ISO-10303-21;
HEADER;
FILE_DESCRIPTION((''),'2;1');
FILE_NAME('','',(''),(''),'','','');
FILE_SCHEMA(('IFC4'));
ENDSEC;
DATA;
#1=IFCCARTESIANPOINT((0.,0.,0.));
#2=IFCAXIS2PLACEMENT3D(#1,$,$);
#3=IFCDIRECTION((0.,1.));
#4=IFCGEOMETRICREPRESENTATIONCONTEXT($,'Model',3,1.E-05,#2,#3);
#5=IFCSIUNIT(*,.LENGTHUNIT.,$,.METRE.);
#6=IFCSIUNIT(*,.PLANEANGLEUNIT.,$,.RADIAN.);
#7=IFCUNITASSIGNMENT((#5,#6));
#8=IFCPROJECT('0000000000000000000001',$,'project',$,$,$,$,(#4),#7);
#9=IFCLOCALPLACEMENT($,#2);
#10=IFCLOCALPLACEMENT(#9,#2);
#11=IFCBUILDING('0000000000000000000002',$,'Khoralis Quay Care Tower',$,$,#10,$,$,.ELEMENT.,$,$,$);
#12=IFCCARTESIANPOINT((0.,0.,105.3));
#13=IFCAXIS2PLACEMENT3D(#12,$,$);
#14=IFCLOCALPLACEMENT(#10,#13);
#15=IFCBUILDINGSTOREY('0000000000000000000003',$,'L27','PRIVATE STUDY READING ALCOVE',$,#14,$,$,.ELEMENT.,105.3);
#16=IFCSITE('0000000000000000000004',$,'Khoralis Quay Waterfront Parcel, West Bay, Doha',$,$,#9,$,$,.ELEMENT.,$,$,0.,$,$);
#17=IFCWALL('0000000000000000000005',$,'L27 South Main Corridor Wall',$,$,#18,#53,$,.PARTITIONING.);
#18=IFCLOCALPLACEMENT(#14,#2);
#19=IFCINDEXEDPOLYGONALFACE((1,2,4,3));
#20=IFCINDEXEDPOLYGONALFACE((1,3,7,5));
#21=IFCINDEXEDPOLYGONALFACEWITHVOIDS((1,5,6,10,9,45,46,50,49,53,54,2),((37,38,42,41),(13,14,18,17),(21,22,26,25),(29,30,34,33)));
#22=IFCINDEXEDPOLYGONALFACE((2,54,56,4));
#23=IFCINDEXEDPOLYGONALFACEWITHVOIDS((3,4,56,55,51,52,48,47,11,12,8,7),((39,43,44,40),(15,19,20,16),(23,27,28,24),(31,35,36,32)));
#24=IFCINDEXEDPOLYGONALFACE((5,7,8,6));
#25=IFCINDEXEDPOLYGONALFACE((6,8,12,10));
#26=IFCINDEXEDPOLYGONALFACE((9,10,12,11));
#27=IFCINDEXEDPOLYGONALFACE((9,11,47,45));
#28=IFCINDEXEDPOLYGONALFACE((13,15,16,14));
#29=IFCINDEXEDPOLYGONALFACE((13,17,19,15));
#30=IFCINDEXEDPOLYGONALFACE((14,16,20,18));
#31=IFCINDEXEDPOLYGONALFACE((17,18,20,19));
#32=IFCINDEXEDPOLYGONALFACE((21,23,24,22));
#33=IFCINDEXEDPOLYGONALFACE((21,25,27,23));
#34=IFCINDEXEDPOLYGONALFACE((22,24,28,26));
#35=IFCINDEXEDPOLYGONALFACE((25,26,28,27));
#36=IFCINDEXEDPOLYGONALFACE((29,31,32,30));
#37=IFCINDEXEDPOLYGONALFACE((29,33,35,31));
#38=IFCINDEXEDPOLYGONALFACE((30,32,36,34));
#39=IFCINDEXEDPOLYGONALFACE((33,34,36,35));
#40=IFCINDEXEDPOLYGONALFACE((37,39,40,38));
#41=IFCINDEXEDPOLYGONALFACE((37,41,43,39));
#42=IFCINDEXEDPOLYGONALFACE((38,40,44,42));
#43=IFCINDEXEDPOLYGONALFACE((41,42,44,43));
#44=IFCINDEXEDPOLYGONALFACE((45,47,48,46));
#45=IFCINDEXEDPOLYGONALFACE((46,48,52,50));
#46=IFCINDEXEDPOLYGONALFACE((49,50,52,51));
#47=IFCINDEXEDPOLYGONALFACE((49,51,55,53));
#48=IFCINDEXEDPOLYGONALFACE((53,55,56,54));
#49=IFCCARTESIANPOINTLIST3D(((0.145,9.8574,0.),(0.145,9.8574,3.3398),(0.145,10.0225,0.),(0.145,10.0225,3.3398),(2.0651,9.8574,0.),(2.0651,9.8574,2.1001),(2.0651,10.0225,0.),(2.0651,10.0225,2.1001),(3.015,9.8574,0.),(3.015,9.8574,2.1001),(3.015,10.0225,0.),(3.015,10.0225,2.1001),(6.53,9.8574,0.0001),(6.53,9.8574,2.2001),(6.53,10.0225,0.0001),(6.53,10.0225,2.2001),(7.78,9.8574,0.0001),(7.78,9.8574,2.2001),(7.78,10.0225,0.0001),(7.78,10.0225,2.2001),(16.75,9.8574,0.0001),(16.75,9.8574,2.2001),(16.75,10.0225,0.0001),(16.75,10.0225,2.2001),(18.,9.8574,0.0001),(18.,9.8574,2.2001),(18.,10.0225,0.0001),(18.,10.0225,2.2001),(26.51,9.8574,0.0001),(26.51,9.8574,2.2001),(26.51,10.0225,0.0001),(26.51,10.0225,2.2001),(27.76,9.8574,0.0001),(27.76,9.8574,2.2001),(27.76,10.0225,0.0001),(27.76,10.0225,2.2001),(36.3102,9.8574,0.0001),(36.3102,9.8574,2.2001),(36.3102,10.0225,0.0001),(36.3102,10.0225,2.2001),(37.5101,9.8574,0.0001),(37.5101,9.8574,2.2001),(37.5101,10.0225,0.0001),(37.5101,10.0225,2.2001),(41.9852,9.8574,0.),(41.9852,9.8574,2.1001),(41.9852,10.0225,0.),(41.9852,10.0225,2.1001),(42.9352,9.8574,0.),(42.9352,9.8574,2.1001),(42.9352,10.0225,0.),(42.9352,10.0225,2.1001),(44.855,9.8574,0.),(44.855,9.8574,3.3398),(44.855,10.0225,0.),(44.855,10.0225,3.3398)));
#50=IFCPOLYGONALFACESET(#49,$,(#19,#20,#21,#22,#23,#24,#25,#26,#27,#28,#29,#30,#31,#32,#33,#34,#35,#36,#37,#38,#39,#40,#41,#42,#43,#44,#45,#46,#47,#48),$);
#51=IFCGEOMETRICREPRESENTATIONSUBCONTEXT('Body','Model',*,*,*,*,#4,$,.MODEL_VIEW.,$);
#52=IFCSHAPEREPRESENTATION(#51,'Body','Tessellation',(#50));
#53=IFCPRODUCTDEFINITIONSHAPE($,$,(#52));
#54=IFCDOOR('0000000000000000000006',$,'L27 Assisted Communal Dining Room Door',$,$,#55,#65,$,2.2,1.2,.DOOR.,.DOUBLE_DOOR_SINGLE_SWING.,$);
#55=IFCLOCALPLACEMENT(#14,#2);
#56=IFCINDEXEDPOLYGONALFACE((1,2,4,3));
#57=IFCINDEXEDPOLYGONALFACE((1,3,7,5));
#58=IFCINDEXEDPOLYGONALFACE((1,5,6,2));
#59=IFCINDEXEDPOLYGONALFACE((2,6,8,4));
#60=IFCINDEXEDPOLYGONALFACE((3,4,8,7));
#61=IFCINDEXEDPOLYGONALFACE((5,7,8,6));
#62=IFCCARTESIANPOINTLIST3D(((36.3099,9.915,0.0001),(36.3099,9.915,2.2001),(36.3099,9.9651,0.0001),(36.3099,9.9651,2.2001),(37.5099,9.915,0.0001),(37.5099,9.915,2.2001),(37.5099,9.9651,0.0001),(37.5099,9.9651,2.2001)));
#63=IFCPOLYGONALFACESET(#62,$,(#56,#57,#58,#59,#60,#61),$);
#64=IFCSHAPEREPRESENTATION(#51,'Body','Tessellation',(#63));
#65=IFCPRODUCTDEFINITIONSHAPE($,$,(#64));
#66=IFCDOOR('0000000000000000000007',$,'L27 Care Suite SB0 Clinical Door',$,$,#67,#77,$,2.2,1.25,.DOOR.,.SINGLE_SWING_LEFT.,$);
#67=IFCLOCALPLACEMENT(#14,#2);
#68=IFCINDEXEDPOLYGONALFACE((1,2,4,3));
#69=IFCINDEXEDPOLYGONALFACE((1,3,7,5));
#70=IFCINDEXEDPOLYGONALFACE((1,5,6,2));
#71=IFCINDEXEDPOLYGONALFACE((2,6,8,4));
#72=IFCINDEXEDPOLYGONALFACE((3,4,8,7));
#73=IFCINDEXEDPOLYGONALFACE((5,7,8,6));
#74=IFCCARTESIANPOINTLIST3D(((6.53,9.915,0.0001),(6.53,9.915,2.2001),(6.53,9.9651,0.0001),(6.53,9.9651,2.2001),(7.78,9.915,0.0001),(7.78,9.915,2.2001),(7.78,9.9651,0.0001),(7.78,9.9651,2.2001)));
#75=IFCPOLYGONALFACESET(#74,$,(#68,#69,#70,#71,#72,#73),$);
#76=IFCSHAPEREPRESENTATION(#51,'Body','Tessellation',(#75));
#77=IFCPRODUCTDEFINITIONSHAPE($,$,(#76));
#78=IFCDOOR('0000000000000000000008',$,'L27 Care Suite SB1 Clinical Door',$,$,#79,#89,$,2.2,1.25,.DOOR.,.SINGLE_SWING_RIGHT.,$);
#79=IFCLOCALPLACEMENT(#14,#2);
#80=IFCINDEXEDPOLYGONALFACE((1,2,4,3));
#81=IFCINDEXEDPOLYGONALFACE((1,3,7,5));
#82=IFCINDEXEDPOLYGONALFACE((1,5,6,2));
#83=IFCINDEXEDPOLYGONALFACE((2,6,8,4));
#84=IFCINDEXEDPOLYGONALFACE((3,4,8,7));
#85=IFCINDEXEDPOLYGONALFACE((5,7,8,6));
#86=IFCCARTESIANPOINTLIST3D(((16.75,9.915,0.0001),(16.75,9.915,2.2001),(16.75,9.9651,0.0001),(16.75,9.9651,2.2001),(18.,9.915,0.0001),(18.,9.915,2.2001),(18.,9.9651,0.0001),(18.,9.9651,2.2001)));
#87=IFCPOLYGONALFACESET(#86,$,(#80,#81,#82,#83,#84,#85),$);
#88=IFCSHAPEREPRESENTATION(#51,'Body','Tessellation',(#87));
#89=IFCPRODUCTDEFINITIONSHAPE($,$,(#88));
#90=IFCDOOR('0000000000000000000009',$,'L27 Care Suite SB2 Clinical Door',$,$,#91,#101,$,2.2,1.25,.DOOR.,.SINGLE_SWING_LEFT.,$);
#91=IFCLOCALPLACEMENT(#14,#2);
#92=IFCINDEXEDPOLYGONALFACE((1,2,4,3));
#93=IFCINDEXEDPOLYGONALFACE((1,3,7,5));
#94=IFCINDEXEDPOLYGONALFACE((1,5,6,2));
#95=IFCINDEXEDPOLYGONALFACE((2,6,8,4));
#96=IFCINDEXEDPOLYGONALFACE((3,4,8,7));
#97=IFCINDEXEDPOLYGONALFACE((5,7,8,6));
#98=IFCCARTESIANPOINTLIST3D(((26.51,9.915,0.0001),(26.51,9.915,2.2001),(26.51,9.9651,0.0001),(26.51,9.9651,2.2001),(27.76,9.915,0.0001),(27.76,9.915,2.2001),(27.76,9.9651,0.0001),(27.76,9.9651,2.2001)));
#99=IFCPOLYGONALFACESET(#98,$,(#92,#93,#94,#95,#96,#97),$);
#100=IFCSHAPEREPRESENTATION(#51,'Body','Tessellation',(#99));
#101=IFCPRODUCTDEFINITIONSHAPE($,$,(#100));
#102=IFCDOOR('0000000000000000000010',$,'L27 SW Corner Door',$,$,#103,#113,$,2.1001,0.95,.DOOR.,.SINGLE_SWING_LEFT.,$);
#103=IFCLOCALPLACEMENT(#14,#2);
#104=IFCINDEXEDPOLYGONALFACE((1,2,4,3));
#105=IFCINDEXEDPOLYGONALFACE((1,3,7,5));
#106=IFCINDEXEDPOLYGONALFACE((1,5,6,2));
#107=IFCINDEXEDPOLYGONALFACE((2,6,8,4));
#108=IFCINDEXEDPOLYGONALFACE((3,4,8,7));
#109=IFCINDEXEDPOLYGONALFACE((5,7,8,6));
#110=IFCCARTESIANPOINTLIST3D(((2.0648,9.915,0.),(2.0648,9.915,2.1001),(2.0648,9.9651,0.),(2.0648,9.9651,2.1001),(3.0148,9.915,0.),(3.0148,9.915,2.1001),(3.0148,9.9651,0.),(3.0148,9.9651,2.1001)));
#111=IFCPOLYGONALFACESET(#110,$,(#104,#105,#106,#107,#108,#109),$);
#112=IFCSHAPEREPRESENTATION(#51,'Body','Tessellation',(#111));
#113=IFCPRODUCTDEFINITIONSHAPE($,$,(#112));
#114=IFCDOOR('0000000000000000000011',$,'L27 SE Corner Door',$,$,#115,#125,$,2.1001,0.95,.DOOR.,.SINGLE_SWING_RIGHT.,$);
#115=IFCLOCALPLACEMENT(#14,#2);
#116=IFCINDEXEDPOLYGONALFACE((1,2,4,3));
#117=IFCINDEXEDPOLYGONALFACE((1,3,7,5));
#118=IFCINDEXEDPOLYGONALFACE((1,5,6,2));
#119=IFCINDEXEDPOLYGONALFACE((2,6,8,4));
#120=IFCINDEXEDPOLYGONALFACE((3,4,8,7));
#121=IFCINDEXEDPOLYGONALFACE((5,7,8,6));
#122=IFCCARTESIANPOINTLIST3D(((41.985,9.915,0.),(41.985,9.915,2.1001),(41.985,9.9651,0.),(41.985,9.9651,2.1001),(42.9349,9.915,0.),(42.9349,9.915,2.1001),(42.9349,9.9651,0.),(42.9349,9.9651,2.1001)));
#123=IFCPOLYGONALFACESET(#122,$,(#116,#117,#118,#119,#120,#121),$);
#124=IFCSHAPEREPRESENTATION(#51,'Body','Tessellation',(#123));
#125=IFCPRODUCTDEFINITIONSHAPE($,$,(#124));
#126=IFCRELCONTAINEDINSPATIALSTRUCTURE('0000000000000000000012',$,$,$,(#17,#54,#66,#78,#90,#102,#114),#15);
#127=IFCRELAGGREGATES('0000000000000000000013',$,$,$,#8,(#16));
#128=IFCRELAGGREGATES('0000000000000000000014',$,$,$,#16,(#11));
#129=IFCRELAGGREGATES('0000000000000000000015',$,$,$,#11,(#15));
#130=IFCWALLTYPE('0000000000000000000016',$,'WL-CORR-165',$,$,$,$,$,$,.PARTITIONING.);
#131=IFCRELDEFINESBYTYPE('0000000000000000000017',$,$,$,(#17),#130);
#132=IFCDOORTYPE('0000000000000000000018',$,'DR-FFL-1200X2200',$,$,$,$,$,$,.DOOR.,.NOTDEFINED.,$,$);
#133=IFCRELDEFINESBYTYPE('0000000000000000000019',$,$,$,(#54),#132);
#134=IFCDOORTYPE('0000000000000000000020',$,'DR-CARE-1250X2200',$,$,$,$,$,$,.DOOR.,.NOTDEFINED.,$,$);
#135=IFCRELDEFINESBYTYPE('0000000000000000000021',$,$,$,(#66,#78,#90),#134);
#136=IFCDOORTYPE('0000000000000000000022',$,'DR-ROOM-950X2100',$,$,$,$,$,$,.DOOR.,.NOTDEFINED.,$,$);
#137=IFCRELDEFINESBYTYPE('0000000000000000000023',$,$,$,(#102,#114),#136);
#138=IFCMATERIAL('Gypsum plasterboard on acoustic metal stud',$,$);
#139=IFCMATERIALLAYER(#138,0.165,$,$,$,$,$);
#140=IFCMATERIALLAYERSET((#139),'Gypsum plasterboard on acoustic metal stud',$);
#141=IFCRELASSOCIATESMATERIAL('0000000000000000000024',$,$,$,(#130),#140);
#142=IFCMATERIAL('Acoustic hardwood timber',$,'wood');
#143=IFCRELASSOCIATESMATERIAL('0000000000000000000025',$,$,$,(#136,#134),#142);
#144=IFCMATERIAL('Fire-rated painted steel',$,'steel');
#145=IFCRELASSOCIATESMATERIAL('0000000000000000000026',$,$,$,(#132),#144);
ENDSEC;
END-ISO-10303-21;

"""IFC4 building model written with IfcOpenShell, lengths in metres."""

from ifc_helpers import new_model, si_unit, direction, frame, frame_2d, origin, place, context, subcontext, project, spatial, rectangle, extrude, source, transform, mapped, material, layer, layer_set, type_object, element, fill, save


model = new_model("IFC4")

# Units and contexts
model_context = context("Model", 3, precision=1e-05, world=origin(), true_north=direction((0.0, 1.0)))
body_context = subcontext(model_context, "Body", "Model", "MODEL_VIEW")
ifc_project = project(units=[si_unit("LENGTHUNIT", "METRE"), si_unit("PLANEANGLEUNIT", "RADIAN")], contexts=[model_context])

# Site, building, storey
site_placement = place(None, origin())
site = spatial("IfcSite", under=ifc_project, at=site_placement, Name="Khoralis Quay Waterfront Parcel, West Bay, Doha", CompositionType="ELEMENT", RefElevation=0.0)
building_placement = place(site_placement, origin())
building = spatial("IfcBuilding", under=site, at=building_placement, Name="Khoralis Quay Care Tower", CompositionType="ELEMENT")
storey_placement = place(building_placement, frame((0.0, 0.0, 105.3)))
storey = spatial("IfcBuildingStorey", under=building, at=storey_placement, Name="L27", Description="PRIVATE STUDY READING ALCOVE", CompositionType="ELEMENT", Elevation=105.3)

# Wall, openings, doors
ifc_material_1 = material(Name="Gypsum plasterboard on acoustic metal stud")
ifc_layer_1 = layer(ifc_material_1, 0.165)
ifc_layer_set_1 = layer_set([ifc_layer_1], Name="Gypsum plasterboard on acoustic metal stud")
wall_type_1 = type_object("IfcWallType", Name="WL-CORR-165", PredefinedType="PARTITIONING", material=ifc_layer_set_1)
ifc_material_2 = material(Name="Acoustic hardwood timber", Category="wood")
door_type_1 = type_object("IfcDoorType", Name="DR-ROOM-950X2100", OperationType="NOTDEFINED", PredefinedType="DOOR", material=ifc_material_2)
shared_shape_1 = source(origin(), body_context, "Body", "SweptSolid", [
    extrude(rectangle(XDim=0.95, YDim=2.1001, at=frame_2d((0.4751, 1.05))), frame((0.0, 0.0249, 0.0), z_axis=(0.0, -1.0, 0.0), x_axis=(1.0, 0.0, 0.0)), (0.0, 0.0, 1.0), 0.05),
])
wall_1_placement = place(storey_placement, frame((0.145, 9.9399, 0.0), z_axis=(0.0, 0.0, 1.0), x_axis=(1.0, 0.0, 0.0)))
wall_1 = element("IfcWall", 1, at=wall_1_placement, inside=storey, type_object=wall_type_1, Name="L27 South Main Corridor Wall", PredefinedType="PARTITIONING", context=body_context, shape_type="SweptSolid", body=[
    extrude(rectangle(XDim=44.71, YDim=0.165, at=frame_2d((22.355, 0.0))), origin(), (0.0, 0.0, 1.0), 3.3398),
])
opening_1_placement = place(wall_1_placement, frame((6.385, 0.0, 0.0)))
opening_1 = element("IfcOpeningElement", 2, at=opening_1_placement, cuts=wall_1, PredefinedType="OPENING", context=body_context, shape_type="SweptSolid", body=[
    extrude(rectangle(XDim=1.25, YDim=2.2, at=frame_2d((0.625, 1.1001))), frame((0.0, 0.0925, 0.0), z_axis=(0.0, -1.0, 0.0), x_axis=(1.0, 0.0, 0.0)), (0.0, 0.0, 1.0), 0.1851),
])
opening_2_placement = place(wall_1_placement, frame((16.605, 0.0, 0.0)))
opening_2 = element("IfcOpeningElement", 3, at=opening_2_placement, cuts=wall_1, PredefinedType="OPENING", context=body_context, shape_type="SweptSolid", body=[
    extrude(rectangle(XDim=1.25, YDim=2.2, at=frame_2d((0.625, 1.1001))), frame((0.0, 0.0925, 0.0), z_axis=(0.0, -1.0, 0.0), x_axis=(1.0, 0.0, 0.0)), (0.0, 0.0, 1.0), 0.1851),
])
opening_3_placement = place(wall_1_placement, frame((26.365, 0.0, 0.0)))
opening_3 = element("IfcOpeningElement", 4, at=opening_3_placement, cuts=wall_1, PredefinedType="OPENING", context=body_context, shape_type="SweptSolid", body=[
    extrude(rectangle(XDim=1.25, YDim=2.2, at=frame_2d((0.625, 1.1001))), frame((0.0, 0.0925, 0.0), z_axis=(0.0, -1.0, 0.0), x_axis=(1.0, 0.0, 0.0)), (0.0, 0.0, 1.0), 0.1851),
])
opening_4_placement = place(wall_1_placement, frame((36.165, 0.0, 0.0)))
opening_4 = element("IfcOpeningElement", 5, at=opening_4_placement, cuts=wall_1, PredefinedType="OPENING", context=body_context, shape_type="SweptSolid", body=[
    extrude(rectangle(XDim=1.2, YDim=2.2, at=frame_2d((0.6001, 1.1001))), frame((0.0, 0.0925, 0.0), z_axis=(0.0, -1.0, 0.0), x_axis=(1.0, 0.0, 0.0)), (0.0, 0.0, 1.0), 0.1851),
])
opening_5_placement = place(wall_1_placement, frame((1.9199, 0.0, 0.0)))
opening_5 = element("IfcOpeningElement", 6, at=opening_5_placement, cuts=wall_1, PredefinedType="OPENING", context=body_context, shape_type="SweptSolid", body=[
    extrude(rectangle(XDim=0.95, YDim=2.1001, at=frame_2d((0.4751, 1.05))), frame((0.0, 0.0925, 0.0), z_axis=(0.0, -1.0, 0.0), x_axis=(1.0, 0.0, 0.0)), (0.0, 0.0, 1.0), 0.1851),
])
opening_6_placement = place(wall_1_placement, frame((41.8401, 0.0, 0.0)))
opening_6 = element("IfcOpeningElement", 7, at=opening_6_placement, cuts=wall_1, PredefinedType="OPENING", context=body_context, shape_type="SweptSolid", body=[
    extrude(rectangle(XDim=0.95, YDim=2.1001, at=frame_2d((0.4751, 1.05))), frame((0.0, 0.0925, 0.0), z_axis=(0.0, -1.0, 0.0), x_axis=(1.0, 0.0, 0.0)), (0.0, 0.0, 1.0), 0.1851),
])
ifc_material_3 = material(Name="Fire-rated painted steel", Category="steel")
door_type_2 = type_object("IfcDoorType", Name="DR-FFL-1200X2200", OperationType="NOTDEFINED", PredefinedType="DOOR", material=ifc_material_3)
shared_shape_2 = source(origin(), body_context, "Body", "SweptSolid", [
    extrude(rectangle(XDim=1.2, YDim=2.2, at=frame_2d((0.6001, 1.1001))), frame((0.0, 0.0249, 0.0), z_axis=(0.0, -1.0, 0.0), x_axis=(1.0, 0.0, 0.0)), (0.0, 0.0, 1.0), 0.05),
])
door_1_placement = place(opening_4_placement, frame((1.2, 0.0, 0.0), z_axis=(0.0, 0.0, 1.0), x_axis=(-1.0, 0.0, 0.0)))
door_1 = element("IfcDoor", 8, at=door_1_placement, inside=storey, type_object=door_type_2, Name="L27 Assisted Communal Dining Room Door", OperationType="DOUBLE_DOOR_SINGLE_SWING", OverallHeight=2.2, OverallWidth=1.2, PredefinedType="DOOR", context=body_context, shape_type="MappedRepresentation", body=[
    mapped(shared_shape_2, transform((0.0, 0.0, 0.0), scale=1.0)),
])
fill(opening_4, door_1)
door_type_3 = type_object("IfcDoorType", Name="DR-CARE-1250X2200", OperationType="NOTDEFINED", PredefinedType="DOOR", material=ifc_material_2)
shared_shape_3 = source(origin(), body_context, "Body", "SweptSolid", [
    extrude(rectangle(XDim=1.25, YDim=2.2, at=frame_2d((0.625, 1.1001))), frame((0.0, 0.0249, 0.0), z_axis=(0.0, -1.0, 0.0), x_axis=(1.0, 0.0, 0.0)), (0.0, 0.0, 1.0), 0.05),
])
door_2_placement = place(opening_1_placement, frame((1.25, 0.0, 0.0), z_axis=(0.0, 0.0, 1.0), x_axis=(-1.0, 0.0, 0.0)))
door_2 = element("IfcDoor", 9, at=door_2_placement, inside=storey, type_object=door_type_3, Name="L27 Care Suite SB0 Clinical Door", OperationType="SINGLE_SWING_LEFT", OverallHeight=2.2, OverallWidth=1.25, PredefinedType="DOOR", context=body_context, shape_type="MappedRepresentation", body=[
    mapped(shared_shape_3, transform((0.0, 0.0, 0.0), scale=1.0)),
])
fill(opening_1, door_2)
door_3_placement = place(opening_2_placement, frame((1.25, 0.0, 0.0), z_axis=(0.0, 0.0, 1.0), x_axis=(-1.0, 0.0, 0.0)))
door_3 = element("IfcDoor", 10, at=door_3_placement, inside=storey, type_object=door_type_3, Name="L27 Care Suite SB1 Clinical Door", OperationType="SINGLE_SWING_RIGHT", OverallHeight=2.2, OverallWidth=1.25, PredefinedType="DOOR", context=body_context, shape_type="MappedRepresentation", body=[
    mapped(shared_shape_3, transform((0.0, 0.0, 0.0), scale=1.0)),
])
fill(opening_2, door_3)
door_4_placement = place(opening_3_placement, frame((1.25, 0.0, 0.0), z_axis=(0.0, 0.0, 1.0), x_axis=(-1.0, 0.0, 0.0)))
door_4 = element("IfcDoor", 11, at=door_4_placement, inside=storey, type_object=door_type_3, Name="L27 Care Suite SB2 Clinical Door", OperationType="SINGLE_SWING_LEFT", OverallHeight=2.2, OverallWidth=1.25, PredefinedType="DOOR", context=body_context, shape_type="MappedRepresentation", body=[
    mapped(shared_shape_3, transform((0.0, 0.0, 0.0), scale=1.0)),
])
fill(opening_3, door_4)
door_5_placement = place(opening_5_placement, frame((0.95, 0.0, 0.0), z_axis=(0.0, 0.0, 1.0), x_axis=(-1.0, 0.0, 0.0)))
door_5 = element("IfcDoor", 12, at=door_5_placement, inside=storey, type_object=door_type_1, Name="L27 SW Corner Door", OperationType="SINGLE_SWING_LEFT", OverallHeight=2.1001, OverallWidth=0.95, PredefinedType="DOOR", context=body_context, shape_type="MappedRepresentation", body=[
    mapped(shared_shape_1, transform((0.0, 0.0, 0.0), scale=1.0)),
])
fill(opening_5, door_5)
door_6_placement = place(opening_6_placement, frame((0.95, 0.0, 0.0), z_axis=(0.0, 0.0, 1.0), x_axis=(-1.0, 0.0, 0.0)))
door_6 = element("IfcDoor", 13, at=door_6_placement, inside=storey, type_object=door_type_1, Name="L27 SE Corner Door", OperationType="SINGLE_SWING_RIGHT", OverallHeight=2.1001, OverallWidth=0.95, PredefinedType="DOOR", context=body_context, shape_type="MappedRepresentation", body=[
    mapped(shared_shape_1, transform((0.0, 0.0, 0.0), scale=1.0)),
])
fill(opening_6, door_6)

save(model, "model.ifc")
